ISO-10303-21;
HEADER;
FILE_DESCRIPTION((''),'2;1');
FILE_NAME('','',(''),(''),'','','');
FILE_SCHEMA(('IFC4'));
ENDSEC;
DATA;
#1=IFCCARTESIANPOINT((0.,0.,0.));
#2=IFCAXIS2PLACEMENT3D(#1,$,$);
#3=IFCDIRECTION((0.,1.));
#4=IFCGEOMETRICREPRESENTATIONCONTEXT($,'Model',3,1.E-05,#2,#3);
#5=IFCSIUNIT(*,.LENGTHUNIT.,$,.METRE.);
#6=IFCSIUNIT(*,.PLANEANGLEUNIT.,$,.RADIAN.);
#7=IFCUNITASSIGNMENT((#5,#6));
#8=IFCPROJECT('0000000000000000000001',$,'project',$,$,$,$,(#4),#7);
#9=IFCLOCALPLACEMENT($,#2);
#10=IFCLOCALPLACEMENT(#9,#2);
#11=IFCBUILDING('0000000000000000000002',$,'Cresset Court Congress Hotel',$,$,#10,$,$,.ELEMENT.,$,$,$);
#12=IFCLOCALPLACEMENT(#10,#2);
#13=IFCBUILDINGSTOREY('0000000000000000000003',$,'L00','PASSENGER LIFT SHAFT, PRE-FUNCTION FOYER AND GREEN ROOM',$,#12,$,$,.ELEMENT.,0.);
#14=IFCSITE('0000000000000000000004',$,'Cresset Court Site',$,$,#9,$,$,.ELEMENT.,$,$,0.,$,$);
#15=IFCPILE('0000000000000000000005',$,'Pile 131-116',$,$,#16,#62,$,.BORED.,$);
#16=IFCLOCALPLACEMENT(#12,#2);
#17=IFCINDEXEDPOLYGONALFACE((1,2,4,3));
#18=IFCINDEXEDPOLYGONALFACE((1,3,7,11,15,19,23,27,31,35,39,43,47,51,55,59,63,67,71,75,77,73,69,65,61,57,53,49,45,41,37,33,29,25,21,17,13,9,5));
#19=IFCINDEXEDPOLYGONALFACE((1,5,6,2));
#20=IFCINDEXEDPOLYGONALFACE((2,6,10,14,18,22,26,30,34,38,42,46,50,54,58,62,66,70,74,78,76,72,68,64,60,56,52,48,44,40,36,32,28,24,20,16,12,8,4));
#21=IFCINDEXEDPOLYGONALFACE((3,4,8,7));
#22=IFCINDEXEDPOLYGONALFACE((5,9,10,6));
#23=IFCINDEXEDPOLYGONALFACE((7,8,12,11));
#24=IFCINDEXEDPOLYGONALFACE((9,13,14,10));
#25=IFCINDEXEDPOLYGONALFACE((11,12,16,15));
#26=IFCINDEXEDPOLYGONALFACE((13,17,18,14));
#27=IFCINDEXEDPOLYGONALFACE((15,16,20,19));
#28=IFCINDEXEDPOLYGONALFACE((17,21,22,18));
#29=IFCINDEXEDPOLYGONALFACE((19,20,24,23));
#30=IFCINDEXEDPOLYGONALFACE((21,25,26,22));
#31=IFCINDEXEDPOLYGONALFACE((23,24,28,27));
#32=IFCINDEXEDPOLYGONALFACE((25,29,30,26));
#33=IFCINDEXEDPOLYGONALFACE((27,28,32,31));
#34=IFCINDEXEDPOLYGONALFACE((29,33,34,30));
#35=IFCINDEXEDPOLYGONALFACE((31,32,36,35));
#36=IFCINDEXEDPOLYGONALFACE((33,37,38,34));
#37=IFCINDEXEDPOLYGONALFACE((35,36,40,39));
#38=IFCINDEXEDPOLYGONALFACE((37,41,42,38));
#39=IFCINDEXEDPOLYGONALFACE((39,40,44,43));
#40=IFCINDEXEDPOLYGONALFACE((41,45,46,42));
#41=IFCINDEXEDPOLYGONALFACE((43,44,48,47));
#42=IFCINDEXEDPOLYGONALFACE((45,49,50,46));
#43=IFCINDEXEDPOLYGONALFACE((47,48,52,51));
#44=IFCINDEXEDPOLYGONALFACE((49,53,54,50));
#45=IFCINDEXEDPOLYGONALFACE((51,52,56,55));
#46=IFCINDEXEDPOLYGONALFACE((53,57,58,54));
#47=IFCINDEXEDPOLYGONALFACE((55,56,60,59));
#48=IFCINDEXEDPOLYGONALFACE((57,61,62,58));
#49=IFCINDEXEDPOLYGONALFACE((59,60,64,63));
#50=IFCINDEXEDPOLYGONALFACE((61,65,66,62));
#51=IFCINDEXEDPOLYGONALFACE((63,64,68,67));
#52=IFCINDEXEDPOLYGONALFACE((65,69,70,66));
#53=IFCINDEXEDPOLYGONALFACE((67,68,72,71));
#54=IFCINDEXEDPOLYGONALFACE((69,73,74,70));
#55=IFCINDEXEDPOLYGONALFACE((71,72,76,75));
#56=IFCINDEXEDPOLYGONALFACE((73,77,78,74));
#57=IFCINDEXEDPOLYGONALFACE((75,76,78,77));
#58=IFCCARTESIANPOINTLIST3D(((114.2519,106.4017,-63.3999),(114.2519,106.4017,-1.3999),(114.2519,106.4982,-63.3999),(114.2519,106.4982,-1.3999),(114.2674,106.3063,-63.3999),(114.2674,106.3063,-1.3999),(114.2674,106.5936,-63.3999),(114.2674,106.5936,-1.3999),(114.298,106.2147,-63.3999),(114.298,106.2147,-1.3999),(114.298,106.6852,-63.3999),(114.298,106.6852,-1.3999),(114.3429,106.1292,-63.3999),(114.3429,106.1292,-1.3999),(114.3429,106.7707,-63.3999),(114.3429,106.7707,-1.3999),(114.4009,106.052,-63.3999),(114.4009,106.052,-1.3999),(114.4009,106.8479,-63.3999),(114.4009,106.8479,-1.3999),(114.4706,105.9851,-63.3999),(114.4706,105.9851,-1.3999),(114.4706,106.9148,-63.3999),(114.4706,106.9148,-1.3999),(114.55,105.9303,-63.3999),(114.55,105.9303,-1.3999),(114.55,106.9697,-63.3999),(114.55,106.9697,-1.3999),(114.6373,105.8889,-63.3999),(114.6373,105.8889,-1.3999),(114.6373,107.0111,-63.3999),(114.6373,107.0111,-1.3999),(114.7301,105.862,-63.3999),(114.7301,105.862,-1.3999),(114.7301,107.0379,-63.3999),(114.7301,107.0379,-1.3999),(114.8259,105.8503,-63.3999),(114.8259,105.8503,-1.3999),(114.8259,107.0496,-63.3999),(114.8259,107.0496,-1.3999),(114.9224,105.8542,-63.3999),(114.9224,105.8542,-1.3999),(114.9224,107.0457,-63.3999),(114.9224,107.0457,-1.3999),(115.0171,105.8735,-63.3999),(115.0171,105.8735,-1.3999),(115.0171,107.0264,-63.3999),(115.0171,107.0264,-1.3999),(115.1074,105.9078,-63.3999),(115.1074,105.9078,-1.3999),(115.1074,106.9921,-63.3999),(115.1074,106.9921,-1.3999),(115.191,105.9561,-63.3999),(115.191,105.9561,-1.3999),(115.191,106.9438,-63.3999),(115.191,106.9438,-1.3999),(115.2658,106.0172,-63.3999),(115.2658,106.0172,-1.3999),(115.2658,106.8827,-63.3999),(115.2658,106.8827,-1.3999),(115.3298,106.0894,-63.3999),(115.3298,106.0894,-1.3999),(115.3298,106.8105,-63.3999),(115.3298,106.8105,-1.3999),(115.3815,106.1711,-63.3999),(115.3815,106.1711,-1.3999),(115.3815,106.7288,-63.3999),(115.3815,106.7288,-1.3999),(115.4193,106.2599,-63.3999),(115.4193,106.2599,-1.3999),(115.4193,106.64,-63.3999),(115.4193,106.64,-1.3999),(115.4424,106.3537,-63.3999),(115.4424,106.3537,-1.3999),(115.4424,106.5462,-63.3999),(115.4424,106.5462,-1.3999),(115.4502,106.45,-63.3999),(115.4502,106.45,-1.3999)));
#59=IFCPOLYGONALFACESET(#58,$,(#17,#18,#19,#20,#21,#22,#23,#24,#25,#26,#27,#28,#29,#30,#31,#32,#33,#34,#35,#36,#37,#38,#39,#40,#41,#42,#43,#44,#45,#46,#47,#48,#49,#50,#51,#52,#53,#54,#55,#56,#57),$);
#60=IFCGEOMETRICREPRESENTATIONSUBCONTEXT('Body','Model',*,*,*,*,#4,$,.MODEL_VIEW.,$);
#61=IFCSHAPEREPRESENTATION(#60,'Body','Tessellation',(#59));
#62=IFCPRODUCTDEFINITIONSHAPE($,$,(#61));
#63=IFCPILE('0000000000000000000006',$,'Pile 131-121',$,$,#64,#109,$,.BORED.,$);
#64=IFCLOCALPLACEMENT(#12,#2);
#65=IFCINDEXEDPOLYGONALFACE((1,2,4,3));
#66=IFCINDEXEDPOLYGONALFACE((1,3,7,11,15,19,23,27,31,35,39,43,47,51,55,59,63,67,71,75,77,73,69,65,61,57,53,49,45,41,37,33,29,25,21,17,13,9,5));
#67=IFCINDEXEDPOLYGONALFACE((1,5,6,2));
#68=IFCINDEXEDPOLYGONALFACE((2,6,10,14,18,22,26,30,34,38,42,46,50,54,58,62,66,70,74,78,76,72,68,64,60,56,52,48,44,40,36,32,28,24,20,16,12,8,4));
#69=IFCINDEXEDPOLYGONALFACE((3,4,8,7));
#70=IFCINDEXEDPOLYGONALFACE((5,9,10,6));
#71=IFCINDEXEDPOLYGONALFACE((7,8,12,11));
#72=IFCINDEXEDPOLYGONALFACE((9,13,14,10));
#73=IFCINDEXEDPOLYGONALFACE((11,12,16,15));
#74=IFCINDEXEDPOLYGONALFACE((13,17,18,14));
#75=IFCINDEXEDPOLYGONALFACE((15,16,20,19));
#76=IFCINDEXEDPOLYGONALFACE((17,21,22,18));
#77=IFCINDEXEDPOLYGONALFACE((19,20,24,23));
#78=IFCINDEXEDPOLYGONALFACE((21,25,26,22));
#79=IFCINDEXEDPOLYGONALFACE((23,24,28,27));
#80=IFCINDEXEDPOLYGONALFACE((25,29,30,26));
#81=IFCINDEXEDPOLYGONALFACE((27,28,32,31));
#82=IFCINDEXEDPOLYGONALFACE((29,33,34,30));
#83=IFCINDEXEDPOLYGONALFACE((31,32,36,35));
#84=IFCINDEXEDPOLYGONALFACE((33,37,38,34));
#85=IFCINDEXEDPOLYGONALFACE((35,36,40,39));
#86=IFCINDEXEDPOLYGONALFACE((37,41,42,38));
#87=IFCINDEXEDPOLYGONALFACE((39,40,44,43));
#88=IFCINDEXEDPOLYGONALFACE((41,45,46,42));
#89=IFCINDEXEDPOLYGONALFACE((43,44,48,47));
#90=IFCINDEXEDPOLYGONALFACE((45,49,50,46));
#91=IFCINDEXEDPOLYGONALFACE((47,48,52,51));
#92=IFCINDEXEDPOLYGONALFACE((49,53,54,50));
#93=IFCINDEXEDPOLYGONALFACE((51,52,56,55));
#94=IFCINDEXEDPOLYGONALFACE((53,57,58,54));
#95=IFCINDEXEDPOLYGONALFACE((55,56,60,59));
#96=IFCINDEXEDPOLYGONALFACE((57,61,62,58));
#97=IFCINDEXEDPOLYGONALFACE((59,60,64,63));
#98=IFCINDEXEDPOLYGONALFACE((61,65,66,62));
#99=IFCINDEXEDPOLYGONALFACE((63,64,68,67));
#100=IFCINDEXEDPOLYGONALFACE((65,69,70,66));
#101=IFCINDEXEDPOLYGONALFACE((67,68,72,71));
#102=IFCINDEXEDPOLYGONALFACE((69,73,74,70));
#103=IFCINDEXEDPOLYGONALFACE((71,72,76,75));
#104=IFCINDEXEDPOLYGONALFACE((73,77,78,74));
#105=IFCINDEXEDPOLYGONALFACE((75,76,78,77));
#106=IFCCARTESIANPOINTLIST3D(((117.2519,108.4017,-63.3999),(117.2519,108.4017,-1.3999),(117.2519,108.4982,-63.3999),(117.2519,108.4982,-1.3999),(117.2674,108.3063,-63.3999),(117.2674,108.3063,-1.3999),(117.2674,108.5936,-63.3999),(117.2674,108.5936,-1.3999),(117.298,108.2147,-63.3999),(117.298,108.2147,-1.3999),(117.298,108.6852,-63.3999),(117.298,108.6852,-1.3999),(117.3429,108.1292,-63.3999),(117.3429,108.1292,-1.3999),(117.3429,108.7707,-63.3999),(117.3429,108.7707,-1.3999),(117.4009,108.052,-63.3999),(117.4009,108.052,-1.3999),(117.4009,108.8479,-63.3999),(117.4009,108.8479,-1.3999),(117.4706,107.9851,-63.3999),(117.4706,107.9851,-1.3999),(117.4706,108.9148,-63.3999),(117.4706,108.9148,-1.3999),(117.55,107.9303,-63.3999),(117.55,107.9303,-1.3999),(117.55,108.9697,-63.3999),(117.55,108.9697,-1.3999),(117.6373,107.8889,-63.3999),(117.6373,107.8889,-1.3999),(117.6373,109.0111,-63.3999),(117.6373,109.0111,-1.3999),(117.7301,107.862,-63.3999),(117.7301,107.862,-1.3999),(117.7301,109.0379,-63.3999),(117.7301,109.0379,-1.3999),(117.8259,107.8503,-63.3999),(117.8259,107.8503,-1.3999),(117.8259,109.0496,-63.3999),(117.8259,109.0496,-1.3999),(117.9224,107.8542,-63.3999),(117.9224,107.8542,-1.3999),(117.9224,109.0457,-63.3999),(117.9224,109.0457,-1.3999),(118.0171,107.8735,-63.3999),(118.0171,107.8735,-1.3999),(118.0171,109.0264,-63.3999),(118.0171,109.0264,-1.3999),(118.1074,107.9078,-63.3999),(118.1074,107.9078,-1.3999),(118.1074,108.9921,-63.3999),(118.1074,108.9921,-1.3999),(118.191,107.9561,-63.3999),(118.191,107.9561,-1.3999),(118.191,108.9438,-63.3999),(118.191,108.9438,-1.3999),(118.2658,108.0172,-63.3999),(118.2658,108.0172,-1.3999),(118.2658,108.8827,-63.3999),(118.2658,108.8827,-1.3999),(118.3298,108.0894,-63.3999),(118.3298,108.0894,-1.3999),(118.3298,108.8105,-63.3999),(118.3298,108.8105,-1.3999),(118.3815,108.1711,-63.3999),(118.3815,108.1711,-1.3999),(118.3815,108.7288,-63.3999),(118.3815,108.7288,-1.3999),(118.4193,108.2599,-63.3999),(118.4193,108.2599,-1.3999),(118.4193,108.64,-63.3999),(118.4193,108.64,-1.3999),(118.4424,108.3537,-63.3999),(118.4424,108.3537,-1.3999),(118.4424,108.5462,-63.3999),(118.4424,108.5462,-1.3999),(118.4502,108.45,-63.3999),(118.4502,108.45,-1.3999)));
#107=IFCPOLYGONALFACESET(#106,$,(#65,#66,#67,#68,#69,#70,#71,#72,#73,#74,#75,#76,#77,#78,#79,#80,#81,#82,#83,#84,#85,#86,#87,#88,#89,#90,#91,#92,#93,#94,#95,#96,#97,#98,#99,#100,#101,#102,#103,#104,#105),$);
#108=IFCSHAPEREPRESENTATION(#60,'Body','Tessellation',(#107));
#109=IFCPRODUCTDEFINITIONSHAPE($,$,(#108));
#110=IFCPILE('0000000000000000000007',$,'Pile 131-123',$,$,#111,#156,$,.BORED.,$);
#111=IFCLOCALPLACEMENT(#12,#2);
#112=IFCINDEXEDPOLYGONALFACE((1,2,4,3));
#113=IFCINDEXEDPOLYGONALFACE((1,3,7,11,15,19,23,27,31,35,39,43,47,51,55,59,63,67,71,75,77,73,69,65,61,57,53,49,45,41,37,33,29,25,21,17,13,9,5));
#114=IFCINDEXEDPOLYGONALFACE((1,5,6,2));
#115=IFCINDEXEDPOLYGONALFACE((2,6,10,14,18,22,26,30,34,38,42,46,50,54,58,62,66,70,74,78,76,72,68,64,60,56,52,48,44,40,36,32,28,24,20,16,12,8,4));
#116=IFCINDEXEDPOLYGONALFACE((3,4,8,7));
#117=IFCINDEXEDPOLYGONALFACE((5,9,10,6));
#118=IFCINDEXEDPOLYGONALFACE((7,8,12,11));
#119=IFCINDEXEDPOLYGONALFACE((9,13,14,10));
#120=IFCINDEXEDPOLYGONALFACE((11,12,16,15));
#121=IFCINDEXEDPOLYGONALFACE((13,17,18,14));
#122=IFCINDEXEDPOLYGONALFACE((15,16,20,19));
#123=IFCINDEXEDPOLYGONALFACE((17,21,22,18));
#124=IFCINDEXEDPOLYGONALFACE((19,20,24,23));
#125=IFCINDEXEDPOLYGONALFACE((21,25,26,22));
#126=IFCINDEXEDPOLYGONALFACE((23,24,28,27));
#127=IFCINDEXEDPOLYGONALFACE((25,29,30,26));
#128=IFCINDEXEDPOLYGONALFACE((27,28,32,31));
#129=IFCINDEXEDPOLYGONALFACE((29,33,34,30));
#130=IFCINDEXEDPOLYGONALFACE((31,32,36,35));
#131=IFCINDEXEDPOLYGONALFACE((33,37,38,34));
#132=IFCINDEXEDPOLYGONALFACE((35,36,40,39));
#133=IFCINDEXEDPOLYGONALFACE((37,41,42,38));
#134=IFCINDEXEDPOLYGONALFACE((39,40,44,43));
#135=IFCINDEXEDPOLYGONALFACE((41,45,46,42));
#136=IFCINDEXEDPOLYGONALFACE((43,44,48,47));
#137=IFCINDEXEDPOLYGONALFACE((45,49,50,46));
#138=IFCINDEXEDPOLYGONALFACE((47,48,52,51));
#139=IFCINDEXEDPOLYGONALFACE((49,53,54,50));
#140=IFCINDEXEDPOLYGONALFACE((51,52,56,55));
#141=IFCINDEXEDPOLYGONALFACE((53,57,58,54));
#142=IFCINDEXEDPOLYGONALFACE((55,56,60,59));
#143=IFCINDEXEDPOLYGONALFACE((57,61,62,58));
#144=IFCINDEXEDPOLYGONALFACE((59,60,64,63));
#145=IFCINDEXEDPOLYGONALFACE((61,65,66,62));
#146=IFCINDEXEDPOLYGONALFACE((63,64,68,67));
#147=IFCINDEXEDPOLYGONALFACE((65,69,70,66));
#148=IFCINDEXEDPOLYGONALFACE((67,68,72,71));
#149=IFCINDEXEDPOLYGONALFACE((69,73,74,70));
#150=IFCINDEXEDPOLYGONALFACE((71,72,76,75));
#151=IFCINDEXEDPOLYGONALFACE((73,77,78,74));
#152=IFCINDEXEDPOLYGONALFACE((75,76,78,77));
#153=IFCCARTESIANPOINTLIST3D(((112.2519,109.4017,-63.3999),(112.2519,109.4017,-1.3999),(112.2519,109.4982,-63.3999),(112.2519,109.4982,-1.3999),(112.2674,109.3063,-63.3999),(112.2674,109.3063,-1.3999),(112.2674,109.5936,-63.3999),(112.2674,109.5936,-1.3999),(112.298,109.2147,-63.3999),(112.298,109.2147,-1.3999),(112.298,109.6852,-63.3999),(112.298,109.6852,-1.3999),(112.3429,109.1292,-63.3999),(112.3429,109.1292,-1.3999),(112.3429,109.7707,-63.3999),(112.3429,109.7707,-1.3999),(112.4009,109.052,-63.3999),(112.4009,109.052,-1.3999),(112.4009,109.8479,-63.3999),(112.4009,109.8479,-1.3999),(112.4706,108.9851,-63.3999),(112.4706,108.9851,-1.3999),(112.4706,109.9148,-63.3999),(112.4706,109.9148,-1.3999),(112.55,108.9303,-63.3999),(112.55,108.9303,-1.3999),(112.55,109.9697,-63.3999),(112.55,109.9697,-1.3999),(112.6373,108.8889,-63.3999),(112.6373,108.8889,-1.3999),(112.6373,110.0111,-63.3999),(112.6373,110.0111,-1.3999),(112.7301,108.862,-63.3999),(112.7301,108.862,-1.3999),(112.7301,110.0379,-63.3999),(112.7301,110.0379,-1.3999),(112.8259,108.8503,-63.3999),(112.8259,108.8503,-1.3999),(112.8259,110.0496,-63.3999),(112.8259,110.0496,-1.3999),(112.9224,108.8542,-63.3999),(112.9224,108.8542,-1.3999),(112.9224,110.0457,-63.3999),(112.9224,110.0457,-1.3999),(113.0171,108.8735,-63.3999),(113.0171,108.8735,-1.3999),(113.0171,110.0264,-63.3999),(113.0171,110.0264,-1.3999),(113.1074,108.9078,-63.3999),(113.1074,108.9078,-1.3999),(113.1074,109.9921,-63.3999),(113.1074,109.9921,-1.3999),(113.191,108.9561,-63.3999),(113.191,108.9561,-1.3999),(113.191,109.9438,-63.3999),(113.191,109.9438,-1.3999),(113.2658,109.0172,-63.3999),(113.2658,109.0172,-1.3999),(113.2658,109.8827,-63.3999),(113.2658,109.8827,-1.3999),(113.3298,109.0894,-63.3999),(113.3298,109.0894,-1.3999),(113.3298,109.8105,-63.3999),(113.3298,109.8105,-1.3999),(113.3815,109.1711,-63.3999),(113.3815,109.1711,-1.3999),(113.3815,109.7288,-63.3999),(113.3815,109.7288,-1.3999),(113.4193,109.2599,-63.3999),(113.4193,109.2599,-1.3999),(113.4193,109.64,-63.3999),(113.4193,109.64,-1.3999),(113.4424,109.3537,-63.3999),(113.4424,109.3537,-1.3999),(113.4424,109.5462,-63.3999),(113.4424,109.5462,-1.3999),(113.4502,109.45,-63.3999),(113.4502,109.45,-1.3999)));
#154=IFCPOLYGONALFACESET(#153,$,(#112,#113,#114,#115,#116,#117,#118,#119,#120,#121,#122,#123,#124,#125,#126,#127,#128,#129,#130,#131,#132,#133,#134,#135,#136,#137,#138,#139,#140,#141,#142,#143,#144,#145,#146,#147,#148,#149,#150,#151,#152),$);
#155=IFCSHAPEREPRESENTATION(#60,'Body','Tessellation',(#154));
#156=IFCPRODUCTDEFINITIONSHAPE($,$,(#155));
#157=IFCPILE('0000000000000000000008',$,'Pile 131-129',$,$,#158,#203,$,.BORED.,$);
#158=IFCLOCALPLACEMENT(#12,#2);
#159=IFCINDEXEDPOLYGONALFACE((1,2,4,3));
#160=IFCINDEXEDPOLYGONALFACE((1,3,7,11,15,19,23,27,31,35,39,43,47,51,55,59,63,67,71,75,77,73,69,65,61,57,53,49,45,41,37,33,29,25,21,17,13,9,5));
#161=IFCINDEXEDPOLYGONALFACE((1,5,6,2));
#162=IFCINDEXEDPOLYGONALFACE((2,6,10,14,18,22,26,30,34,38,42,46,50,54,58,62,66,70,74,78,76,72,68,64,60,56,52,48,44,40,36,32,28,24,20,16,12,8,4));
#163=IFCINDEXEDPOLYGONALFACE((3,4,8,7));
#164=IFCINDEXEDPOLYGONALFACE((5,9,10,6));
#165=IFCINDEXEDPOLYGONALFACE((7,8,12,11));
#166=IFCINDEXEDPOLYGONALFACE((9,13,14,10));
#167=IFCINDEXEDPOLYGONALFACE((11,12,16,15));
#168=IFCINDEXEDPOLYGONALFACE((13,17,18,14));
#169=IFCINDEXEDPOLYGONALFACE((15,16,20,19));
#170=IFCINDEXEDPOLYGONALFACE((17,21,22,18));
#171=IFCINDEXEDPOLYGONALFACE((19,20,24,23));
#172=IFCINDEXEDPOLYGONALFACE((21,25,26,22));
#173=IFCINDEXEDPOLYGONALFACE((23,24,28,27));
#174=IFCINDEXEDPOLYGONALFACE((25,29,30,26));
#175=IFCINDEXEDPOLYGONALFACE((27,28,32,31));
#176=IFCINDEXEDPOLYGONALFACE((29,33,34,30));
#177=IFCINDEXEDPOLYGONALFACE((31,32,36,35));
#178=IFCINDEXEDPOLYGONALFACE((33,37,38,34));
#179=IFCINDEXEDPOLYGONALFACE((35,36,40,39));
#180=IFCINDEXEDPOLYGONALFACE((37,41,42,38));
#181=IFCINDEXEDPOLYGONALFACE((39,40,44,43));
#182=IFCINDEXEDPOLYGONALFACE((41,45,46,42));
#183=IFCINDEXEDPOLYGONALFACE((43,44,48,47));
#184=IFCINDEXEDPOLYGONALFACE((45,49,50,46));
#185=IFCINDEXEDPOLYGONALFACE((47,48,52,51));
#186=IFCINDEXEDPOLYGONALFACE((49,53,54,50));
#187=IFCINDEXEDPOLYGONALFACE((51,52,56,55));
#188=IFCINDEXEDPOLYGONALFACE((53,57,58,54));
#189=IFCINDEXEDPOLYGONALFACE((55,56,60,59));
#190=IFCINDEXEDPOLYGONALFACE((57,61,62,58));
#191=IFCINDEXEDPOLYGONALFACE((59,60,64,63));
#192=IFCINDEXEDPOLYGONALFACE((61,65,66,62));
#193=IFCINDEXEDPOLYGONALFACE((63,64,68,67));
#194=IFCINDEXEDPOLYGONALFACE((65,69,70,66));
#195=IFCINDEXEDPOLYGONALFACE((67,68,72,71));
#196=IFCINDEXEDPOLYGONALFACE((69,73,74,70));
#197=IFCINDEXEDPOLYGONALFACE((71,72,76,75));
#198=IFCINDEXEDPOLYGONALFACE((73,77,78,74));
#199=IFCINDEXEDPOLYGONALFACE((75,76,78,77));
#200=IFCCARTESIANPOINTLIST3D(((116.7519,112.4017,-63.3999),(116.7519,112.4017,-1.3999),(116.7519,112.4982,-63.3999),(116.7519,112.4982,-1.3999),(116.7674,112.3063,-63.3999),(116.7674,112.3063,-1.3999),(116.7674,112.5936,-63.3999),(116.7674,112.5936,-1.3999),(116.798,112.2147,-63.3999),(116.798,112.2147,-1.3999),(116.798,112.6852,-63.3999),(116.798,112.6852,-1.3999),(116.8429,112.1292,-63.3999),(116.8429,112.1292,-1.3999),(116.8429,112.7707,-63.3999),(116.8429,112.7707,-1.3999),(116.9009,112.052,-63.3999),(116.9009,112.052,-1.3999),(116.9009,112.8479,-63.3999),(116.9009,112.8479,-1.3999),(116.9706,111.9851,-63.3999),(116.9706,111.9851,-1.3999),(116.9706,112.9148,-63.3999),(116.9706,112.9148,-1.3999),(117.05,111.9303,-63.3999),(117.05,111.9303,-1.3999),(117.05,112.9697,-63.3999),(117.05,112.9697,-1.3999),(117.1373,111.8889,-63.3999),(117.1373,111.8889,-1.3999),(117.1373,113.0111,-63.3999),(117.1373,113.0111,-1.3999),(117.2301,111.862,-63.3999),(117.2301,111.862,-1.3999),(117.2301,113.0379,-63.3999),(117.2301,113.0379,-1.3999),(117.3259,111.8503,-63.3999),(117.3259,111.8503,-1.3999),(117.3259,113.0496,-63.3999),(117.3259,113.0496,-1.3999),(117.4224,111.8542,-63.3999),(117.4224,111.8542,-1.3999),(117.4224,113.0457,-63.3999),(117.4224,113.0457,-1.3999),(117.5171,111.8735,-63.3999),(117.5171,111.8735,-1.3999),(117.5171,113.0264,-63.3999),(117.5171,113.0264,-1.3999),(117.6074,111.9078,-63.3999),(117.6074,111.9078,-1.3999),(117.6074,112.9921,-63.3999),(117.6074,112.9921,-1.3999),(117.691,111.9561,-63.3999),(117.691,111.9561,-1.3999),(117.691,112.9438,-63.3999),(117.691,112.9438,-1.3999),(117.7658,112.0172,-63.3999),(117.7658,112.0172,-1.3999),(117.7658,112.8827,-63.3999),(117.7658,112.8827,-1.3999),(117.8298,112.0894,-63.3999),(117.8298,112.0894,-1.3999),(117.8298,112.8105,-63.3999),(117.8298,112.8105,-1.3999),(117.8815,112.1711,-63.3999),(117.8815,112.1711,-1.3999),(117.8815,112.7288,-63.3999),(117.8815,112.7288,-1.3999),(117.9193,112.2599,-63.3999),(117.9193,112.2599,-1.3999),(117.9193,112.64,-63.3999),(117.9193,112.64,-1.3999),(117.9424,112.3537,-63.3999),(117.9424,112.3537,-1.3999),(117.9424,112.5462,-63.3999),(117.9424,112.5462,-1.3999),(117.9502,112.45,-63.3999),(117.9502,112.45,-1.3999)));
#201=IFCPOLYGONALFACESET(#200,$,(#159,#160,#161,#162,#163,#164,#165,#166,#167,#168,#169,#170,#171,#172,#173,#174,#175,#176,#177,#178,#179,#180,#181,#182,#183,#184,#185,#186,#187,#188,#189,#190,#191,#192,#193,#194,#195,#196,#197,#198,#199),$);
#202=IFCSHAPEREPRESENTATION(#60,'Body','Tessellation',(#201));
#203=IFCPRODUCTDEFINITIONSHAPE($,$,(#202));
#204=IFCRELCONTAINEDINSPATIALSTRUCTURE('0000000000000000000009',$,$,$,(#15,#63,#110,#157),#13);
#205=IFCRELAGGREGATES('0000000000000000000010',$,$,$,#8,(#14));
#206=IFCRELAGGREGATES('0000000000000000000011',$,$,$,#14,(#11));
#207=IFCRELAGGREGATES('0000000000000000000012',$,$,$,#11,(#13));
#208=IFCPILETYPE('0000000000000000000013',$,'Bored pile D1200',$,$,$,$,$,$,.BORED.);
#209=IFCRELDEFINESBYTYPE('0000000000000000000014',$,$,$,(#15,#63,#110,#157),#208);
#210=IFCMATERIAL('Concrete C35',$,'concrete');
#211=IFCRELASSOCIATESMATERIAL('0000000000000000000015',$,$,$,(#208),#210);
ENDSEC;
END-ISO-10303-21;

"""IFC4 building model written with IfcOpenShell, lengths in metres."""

from ifc_helpers import new_model, si_unit, direction, frame, origin, origin_2d, place, context, subcontext, project, spatial, circle, extrude, material, type_object, element, save


model = new_model("IFC4")

# Units and contexts
model_context = context("Model", 3, precision=1e-05, world=origin(), true_north=direction((0.0, 1.0)))
body_context = subcontext(model_context, "Body", "Model", "MODEL_VIEW")
ifc_project = project(units=[si_unit("LENGTHUNIT", "METRE"), si_unit("PLANEANGLEUNIT", "RADIAN")], contexts=[model_context])

# Site, building, storey
site_placement = place(None, origin())
site = spatial("IfcSite", under=ifc_project, at=site_placement, Name="Cresset Court Site", CompositionType="ELEMENT", RefElevation=0.0)
building_placement = place(site_placement, origin())
building = spatial("IfcBuilding", under=site, at=building_placement, Name="Cresset Court Congress Hotel", CompositionType="ELEMENT")
storey_placement = place(building_placement, origin())
storey = spatial("IfcBuildingStorey", under=building, at=storey_placement, Name="L00", Description="PASSENGER LIFT SHAFT, PRE-FUNCTION FOYER AND GREEN ROOM", CompositionType="ELEMENT", Elevation=0.0)

# Piles
ifc_material_1 = material(Name="Concrete C35", Category="concrete")
pile_type = type_object("IfcPileType", Name="Bored pile D1200", PredefinedType="BORED", material=ifc_material_1)
for number, where, z_axis, x_axis, name in (
    (1, (114.8501, 106.45, -1.3999), (0.0, 0.0, -1.0), (1.0, 0.0, 0.0), "Pile 131-116"),
    (2, (117.8501, 108.45, -1.3999), (0.0, 0.0, -1.0), (1.0, 0.0, 0.0), "Pile 131-121"),
    (3, (112.8501, 109.45, -1.3999), (0.0, 0.0, -1.0), (1.0, 0.0, 0.0), "Pile 131-123"),
    (4, (117.3501, 112.45, -1.3999), (0.0, 0.0, -1.0), (1.0, 0.0, 0.0), "Pile 131-129"),
):
    element("IfcPile", number, at=place(storey_placement, frame(where, z_axis=z_axis, x_axis=x_axis)), inside=storey, type_object=pile_type, Name=name, PredefinedType="BORED", context=body_context, shape_type="SweptSolid", body=[
        extrude(circle(Radius=0.6001, at=origin_2d()), origin(), (0.0, 0.0, 1.0), 62.0),
    ])

save(model, "model.ifc")
